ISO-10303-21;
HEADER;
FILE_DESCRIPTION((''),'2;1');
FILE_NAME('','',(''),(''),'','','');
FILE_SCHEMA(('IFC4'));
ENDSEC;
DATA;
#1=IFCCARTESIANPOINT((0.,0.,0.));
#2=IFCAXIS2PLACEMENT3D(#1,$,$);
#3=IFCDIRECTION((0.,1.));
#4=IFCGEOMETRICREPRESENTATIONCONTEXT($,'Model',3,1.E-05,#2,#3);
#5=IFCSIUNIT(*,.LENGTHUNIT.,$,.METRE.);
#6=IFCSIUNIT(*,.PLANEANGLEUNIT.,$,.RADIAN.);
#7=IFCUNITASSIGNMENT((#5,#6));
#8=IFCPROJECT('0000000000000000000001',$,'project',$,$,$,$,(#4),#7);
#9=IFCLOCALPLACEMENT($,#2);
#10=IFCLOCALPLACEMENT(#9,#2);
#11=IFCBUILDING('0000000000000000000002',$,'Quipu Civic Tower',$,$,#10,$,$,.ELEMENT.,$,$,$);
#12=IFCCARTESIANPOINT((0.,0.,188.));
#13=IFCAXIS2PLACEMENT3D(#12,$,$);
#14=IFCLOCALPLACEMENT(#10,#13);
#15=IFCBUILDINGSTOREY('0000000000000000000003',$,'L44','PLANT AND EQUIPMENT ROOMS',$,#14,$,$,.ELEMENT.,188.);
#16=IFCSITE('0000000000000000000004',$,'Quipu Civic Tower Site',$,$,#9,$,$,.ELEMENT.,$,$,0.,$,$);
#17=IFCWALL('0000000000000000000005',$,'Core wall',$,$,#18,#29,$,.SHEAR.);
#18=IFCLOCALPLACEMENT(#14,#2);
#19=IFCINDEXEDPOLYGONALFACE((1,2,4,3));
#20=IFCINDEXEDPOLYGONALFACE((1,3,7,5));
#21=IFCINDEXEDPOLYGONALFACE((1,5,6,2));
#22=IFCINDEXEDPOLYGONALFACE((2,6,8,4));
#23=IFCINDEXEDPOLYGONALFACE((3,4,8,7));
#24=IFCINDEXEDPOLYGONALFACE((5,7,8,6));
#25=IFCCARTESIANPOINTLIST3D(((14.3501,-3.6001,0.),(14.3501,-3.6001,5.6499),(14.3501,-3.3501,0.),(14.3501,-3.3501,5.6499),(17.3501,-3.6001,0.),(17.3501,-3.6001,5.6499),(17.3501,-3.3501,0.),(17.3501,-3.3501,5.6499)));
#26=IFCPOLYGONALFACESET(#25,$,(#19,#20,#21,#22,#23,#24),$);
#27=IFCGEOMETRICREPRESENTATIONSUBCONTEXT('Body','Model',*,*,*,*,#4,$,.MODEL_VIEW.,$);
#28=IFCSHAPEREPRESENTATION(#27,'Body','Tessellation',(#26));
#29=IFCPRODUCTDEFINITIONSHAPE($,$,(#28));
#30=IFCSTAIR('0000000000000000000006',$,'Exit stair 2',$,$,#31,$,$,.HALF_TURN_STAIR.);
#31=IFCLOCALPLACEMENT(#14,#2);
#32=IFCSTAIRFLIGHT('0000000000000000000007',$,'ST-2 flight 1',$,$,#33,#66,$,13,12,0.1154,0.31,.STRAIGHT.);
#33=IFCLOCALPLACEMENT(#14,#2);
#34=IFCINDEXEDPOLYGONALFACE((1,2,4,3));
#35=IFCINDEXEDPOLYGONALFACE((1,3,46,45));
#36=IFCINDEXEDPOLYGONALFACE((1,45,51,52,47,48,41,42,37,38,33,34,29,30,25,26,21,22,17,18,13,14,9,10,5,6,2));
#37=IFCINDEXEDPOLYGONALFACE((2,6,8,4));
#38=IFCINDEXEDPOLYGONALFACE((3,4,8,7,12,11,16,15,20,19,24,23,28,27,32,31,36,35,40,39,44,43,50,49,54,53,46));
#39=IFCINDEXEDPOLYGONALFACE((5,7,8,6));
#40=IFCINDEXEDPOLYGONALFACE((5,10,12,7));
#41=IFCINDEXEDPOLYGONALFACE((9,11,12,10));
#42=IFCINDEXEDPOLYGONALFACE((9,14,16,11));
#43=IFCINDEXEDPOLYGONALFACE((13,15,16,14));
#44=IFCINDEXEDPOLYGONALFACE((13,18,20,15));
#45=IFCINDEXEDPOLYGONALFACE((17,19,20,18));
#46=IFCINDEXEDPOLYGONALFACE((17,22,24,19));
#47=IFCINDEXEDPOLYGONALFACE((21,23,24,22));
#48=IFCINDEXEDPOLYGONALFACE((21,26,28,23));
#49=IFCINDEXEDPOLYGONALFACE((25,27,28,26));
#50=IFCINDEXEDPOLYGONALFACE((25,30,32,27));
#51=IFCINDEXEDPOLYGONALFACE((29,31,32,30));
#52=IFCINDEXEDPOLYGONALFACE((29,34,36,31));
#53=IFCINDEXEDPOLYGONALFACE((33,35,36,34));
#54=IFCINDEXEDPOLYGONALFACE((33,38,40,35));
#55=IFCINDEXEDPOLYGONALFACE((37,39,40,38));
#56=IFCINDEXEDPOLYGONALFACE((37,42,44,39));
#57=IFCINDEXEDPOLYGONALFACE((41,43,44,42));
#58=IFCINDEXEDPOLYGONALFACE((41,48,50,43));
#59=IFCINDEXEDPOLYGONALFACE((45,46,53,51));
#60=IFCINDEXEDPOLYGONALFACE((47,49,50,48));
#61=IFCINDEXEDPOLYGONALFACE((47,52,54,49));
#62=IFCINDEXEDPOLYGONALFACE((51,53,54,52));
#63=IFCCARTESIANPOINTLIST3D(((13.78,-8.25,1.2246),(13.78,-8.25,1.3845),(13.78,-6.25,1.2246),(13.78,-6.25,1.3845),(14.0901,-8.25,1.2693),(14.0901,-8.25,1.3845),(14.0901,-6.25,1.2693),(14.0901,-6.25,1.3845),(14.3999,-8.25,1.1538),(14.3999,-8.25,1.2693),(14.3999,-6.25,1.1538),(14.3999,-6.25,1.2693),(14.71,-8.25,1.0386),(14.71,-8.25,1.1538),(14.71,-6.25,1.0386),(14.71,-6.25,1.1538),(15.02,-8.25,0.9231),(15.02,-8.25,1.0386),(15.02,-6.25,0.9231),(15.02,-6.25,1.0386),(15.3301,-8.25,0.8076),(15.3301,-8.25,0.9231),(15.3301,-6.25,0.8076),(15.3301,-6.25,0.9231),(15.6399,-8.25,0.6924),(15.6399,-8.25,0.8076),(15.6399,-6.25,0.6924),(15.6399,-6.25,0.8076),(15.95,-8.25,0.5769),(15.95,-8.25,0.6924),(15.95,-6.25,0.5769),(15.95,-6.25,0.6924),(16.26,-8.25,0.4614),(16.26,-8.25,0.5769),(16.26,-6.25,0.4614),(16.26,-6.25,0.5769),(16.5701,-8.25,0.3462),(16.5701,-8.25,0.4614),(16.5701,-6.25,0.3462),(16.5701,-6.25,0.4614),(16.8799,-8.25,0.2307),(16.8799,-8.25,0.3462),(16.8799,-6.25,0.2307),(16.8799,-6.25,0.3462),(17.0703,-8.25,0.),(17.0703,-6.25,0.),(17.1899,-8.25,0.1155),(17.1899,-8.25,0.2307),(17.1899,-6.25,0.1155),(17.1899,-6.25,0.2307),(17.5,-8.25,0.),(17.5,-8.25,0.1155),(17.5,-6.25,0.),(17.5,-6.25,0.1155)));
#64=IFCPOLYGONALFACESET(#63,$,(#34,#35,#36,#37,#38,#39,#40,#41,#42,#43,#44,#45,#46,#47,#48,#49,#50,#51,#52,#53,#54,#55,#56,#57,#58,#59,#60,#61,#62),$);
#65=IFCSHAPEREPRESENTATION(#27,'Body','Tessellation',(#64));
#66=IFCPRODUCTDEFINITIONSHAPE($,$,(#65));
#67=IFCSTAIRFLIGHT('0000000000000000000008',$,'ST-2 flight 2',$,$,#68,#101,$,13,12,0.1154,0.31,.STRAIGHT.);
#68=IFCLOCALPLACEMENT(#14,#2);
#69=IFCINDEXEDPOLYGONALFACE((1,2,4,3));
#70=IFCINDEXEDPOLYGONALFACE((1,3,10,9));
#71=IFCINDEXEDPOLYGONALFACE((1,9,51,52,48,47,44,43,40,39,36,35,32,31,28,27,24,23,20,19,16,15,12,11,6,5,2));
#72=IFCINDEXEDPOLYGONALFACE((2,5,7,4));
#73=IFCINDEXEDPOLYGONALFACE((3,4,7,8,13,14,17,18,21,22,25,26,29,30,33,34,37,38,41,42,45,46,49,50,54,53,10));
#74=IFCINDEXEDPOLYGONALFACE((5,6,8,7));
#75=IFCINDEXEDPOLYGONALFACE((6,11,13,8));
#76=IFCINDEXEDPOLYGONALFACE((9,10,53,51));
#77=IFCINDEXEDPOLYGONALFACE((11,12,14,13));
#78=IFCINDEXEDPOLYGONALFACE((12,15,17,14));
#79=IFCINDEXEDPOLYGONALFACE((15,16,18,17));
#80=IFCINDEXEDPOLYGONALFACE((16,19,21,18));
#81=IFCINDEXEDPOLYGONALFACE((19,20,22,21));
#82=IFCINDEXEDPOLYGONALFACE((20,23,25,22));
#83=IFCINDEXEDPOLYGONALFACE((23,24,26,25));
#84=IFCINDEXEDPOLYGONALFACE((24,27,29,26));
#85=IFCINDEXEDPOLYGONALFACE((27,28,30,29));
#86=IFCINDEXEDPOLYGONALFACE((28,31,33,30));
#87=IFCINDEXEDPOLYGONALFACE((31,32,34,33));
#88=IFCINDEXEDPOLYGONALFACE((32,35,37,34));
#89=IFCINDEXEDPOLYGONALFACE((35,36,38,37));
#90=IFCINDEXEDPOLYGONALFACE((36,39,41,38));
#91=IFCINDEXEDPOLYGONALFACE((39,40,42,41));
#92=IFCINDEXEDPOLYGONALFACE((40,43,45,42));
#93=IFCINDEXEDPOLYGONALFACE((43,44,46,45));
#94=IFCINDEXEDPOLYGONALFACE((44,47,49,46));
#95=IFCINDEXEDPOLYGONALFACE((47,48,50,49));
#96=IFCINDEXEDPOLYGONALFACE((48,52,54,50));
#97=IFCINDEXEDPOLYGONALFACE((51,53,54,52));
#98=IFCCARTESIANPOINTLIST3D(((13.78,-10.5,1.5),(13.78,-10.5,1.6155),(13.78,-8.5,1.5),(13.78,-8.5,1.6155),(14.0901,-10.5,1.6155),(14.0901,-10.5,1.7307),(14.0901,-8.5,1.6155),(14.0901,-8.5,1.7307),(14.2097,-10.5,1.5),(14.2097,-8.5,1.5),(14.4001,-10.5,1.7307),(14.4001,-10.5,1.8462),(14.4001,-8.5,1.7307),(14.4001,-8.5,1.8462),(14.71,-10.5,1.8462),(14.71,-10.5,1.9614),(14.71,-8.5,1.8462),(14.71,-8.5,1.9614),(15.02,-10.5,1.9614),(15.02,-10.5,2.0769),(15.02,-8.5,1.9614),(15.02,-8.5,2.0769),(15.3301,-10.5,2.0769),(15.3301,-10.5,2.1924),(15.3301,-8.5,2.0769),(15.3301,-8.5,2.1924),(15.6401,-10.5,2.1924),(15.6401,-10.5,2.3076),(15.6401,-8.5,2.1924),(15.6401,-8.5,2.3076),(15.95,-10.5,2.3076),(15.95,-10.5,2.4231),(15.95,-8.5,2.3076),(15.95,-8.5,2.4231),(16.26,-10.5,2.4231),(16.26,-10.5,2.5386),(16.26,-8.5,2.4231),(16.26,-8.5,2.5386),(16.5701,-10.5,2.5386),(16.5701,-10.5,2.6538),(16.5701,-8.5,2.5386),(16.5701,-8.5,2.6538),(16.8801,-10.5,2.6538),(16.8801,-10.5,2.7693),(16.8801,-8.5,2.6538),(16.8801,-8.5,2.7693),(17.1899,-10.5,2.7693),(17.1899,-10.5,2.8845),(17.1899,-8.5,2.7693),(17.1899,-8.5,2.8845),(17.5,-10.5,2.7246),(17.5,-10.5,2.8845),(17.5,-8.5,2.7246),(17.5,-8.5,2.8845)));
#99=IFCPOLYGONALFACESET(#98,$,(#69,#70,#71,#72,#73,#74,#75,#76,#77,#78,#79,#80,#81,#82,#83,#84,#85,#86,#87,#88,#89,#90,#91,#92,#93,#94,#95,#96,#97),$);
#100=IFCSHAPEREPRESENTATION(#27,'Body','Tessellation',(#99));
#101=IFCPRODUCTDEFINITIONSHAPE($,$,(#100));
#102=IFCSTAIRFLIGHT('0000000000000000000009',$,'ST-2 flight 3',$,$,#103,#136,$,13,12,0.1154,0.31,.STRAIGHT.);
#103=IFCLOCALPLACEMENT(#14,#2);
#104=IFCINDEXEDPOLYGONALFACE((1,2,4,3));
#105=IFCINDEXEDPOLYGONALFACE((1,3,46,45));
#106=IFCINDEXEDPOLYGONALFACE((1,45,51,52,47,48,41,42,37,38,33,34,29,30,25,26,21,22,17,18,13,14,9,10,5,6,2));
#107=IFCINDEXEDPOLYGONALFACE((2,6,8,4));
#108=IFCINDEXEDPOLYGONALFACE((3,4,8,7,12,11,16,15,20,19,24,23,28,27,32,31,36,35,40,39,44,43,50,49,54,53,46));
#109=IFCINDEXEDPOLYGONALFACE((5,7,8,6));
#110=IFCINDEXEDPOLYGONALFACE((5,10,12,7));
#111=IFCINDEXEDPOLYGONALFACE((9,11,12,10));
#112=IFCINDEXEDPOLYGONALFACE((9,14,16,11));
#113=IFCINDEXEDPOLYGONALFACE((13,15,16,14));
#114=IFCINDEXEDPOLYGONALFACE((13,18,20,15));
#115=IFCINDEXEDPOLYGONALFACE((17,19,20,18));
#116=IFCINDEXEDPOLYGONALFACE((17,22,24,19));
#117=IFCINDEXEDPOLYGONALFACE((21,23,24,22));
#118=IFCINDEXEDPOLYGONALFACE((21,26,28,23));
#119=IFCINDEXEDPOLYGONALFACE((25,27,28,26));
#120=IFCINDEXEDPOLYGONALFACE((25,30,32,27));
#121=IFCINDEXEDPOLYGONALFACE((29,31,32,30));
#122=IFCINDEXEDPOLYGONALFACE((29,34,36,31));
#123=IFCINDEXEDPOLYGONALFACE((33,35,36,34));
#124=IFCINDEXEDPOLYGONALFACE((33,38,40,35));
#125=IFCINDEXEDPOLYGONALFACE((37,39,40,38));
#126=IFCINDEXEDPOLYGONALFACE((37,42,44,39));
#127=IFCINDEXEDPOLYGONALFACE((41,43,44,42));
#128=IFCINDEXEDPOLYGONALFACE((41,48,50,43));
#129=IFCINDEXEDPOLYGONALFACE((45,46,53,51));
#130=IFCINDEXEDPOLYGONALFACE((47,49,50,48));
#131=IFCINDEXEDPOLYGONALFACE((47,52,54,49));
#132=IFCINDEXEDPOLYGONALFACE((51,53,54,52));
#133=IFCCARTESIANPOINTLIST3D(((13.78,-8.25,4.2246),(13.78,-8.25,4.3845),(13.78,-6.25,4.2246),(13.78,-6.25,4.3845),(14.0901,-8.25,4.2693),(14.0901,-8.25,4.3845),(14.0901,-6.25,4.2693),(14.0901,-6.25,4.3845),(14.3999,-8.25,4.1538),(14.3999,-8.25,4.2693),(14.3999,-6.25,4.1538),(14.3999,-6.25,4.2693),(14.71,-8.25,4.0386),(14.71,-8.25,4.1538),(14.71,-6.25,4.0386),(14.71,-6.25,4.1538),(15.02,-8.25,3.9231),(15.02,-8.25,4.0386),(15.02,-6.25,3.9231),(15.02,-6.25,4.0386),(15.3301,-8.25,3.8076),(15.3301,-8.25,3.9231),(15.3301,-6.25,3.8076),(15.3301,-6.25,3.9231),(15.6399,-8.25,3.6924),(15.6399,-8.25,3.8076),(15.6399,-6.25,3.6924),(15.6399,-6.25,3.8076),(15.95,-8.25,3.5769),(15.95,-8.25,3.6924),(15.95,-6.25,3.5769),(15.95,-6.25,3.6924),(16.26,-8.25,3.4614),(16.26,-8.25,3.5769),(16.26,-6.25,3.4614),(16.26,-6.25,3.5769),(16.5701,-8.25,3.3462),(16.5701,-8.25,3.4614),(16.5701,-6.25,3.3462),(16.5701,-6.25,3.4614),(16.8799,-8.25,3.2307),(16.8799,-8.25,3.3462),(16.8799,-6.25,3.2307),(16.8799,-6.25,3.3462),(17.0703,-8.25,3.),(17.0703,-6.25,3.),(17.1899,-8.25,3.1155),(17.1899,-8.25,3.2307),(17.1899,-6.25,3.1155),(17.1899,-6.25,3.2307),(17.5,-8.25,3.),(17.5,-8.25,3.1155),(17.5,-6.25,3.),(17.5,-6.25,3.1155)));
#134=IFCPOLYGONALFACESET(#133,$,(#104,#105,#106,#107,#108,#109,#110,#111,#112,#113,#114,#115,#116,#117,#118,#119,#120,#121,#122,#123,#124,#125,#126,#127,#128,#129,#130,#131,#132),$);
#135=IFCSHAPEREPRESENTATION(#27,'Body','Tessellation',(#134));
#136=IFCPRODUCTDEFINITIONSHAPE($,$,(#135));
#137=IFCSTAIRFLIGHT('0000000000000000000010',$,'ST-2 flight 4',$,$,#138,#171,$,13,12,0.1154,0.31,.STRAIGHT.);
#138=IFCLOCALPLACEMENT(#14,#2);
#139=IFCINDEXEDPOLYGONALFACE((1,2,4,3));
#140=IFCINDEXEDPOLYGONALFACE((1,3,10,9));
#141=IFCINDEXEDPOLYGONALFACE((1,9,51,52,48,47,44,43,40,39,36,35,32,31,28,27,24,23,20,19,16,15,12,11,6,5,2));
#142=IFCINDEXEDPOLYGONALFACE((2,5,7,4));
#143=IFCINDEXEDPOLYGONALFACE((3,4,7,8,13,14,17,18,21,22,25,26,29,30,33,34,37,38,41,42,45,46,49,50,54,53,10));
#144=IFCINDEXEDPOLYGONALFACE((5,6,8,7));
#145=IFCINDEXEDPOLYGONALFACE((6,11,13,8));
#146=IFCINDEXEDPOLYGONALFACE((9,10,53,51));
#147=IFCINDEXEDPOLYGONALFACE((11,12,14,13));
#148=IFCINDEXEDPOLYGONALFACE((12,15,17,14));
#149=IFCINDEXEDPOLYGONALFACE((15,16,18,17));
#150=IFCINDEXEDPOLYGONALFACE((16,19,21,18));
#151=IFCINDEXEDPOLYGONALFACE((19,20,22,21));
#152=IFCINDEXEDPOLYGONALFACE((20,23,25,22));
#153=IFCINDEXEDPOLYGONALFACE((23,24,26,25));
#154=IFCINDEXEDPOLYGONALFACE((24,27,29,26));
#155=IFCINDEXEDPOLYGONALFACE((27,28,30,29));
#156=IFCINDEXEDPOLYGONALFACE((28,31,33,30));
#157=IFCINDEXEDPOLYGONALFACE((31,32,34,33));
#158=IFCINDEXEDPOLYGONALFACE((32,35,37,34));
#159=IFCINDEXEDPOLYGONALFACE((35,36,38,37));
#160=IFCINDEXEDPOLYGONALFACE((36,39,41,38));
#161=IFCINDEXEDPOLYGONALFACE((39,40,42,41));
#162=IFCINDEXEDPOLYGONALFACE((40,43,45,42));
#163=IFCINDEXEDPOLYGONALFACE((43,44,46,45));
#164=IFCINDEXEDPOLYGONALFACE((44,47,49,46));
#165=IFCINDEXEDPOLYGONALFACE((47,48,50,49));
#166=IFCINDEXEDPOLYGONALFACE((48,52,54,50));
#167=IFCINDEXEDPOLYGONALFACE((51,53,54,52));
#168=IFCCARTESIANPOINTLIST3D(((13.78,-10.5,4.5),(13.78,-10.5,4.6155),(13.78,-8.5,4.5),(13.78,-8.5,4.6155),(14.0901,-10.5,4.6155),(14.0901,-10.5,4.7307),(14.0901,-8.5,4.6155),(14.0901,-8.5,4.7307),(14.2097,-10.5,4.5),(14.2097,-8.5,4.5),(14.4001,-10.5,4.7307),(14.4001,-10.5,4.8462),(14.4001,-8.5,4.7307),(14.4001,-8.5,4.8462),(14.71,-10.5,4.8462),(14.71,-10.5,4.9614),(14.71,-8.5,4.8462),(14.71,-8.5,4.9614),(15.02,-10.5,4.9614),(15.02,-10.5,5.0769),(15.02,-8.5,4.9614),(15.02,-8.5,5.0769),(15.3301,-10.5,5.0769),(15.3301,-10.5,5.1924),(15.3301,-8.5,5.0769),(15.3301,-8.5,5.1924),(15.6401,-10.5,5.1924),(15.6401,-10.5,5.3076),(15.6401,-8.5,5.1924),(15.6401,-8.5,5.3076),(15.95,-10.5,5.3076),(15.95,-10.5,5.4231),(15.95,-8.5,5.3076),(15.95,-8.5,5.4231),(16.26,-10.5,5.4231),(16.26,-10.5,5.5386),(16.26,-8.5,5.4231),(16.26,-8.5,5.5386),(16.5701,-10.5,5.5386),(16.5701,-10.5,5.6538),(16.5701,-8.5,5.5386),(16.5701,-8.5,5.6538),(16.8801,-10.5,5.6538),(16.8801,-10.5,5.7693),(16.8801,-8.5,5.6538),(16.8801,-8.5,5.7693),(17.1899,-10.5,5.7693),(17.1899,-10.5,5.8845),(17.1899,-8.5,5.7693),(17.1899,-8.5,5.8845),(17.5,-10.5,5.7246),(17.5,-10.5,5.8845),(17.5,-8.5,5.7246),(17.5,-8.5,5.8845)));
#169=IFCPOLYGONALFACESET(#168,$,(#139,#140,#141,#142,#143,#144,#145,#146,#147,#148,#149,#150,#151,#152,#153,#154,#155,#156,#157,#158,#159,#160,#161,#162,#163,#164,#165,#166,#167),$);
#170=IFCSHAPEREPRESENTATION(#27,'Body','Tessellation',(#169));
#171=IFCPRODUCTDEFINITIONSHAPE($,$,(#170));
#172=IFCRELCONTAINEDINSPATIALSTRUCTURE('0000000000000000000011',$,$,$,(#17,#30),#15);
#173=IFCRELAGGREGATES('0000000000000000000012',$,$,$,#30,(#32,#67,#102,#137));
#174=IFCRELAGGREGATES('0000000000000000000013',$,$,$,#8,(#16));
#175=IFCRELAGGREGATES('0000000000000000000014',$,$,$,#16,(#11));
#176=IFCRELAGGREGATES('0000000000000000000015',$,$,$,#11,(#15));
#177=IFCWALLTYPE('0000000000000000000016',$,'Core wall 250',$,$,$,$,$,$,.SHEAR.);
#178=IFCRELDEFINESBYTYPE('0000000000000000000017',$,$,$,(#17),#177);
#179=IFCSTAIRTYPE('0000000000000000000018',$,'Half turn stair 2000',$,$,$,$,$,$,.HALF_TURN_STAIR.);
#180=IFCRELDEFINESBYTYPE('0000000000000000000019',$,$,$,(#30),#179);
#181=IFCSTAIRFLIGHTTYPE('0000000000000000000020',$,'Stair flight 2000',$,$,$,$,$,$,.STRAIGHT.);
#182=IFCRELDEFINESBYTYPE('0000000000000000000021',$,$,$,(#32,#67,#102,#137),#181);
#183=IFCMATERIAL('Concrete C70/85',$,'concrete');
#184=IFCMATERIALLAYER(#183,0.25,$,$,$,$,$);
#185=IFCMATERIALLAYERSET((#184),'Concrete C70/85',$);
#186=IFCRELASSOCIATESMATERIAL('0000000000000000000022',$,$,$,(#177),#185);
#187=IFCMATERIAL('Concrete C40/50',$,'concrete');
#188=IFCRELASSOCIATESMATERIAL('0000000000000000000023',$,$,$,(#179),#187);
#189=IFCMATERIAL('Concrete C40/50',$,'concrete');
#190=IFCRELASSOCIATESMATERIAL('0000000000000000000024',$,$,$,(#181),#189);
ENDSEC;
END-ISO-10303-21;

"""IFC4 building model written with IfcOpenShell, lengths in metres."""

from ifc_helpers import new_model, si_unit, direction, frame, frame_2d, origin, place, context, subcontext, project, spatial, polyline, rectangle, outline, extrude, material, layer, layer_set, type_object, element, aggregate, save


model = new_model("IFC4")

# Units and contexts
model_context = context("Model", 3, precision=1e-05, world=origin(), true_north=direction((0.0, 1.0)))
body_context = subcontext(model_context, "Body", "Model", "MODEL_VIEW")
ifc_project = project(units=[si_unit("LENGTHUNIT", "METRE"), si_unit("PLANEANGLEUNIT", "RADIAN")], contexts=[model_context])

# Site, building, storey
site_placement = place(None, origin())
site = spatial("IfcSite", under=ifc_project, at=site_placement, Name="Quipu Civic Tower Site", CompositionType="ELEMENT", RefElevation=0.0)
building_placement = place(site_placement, origin())
building = spatial("IfcBuilding", under=site, at=building_placement, Name="Quipu Civic Tower", CompositionType="ELEMENT")
storey_placement = place(building_placement, frame((0.0, 0.0, 188.0)))
storey = spatial("IfcBuildingStorey", under=building, at=storey_placement, Name="L44", Description="PLANT AND EQUIPMENT ROOMS", CompositionType="ELEMENT", Elevation=188.0)

# Shared definitions
ifc_material_1 = material(Name="Concrete C70/85", Category="concrete")
ifc_layer = layer(ifc_material_1, 0.25)
ifc_layer_set = layer_set([ifc_layer], Name="Concrete C70/85")
wall_type = type_object("IfcWallType", Name="Core wall 250", PredefinedType="SHEAR", material=ifc_layer_set)

# Wall
wall_1_placement = place(storey_placement, frame((14.3501, -3.4751, 0.0), z_axis=(0.0, 0.0, 1.0), x_axis=(1.0, 0.0, 0.0)))
element("IfcWall", 1, at=wall_1_placement, inside=storey, type_object=wall_type, Name="Core wall", PredefinedType="SHEAR", context=body_context, shape_type="SweptSolid", body=[
    extrude(rectangle(XDim=3.0, YDim=0.25, at=frame_2d((1.5, 0.0))), origin(), (0.0, 0.0, 1.0), 5.6499),
])

# Stair, stair flights
ifc_material_2 = material(Name="Concrete C40/50", Category="concrete")
stair_type = type_object("IfcStairType", Name="Half turn stair 2000", PredefinedType="HALF_TURN_STAIR", material=ifc_material_2)
stair_placement = place(storey_placement, origin())
stair = element("IfcStair", 2, at=stair_placement, inside=storey, type_object=stair_type, Name="Exit stair 2", PredefinedType="HALF_TURN_STAIR")
ifc_material_3 = material(Name="Concrete C40/50", Category="concrete")
stair_flight_type = type_object("IfcStairFlightType", Name="Stair flight 2000", PredefinedType="STRAIGHT", material=ifc_material_3)
stair_flight_1_placement = place(storey_placement, frame((17.5, -7.25, 0.0), z_axis=(0.0, 0.0, 1.0), x_axis=(-1.0, 0.0, 0.0)))
stair_flight_1 = element("IfcStairFlight", 3, at=stair_flight_1_placement, type_object=stair_flight_type, Name="ST-2 flight 1", NumberOfRisers=13, NumberOfTreads=12, PredefinedType="STRAIGHT", RiserHeight=0.1154, TreadLength=0.31, context=body_context, shape_type="SweptSolid", body=[
    extrude(outline(polyline([(0.0, 0.0), (0.0, 0.1155), (0.3101, 0.1155), (0.3101, 0.2307), (0.6201, 0.2307), (0.6201, 0.3462), (0.9299, 0.3462), (0.9299, 0.4614), (1.24, 0.4614), (1.24, 0.5769), (1.55, 0.5769), (1.55, 0.6924), (1.8601, 0.6924), (1.8601, 0.8076), (2.1699, 0.8076), (2.1699, 0.9231), (2.48, 0.9231), (2.48, 1.0386), (2.79, 1.0386), (2.79, 1.1538), (3.1001, 1.1538), (3.1001, 1.2693), (3.4099, 1.2693), (3.4099, 1.3845), (3.72, 1.3845), (3.72, 1.5), (3.72, 1.2246), (0.4297, 0.0), (0.0, 0.0)])), frame((0.0, 1.0, 0.0), z_axis=(0.0, -1.0, 0.0), x_axis=(1.0, 0.0, 0.0)), (0.0, 0.0, 1.0), 2.0),
])
stair_flight_2_placement = place(storey_placement, frame((13.78, -9.5, 1.5), z_axis=(0.0, 0.0, 1.0), x_axis=(1.0, 0.0, 0.0)))
stair_flight_2 = element("IfcStairFlight", 4, at=stair_flight_2_placement, type_object=stair_flight_type, Name="ST-2 flight 2", NumberOfRisers=13, NumberOfTreads=12, PredefinedType="STRAIGHT", RiserHeight=0.1154, TreadLength=0.31, context=body_context, shape_type="SweptSolid", body=[
    extrude(outline(polyline([(0.0, 0.0), (0.0, 0.1155), (0.3101, 0.1155), (0.3101, 0.2307), (0.6201, 0.2307), (0.6201, 0.3462), (0.9299, 0.3462), (0.9299, 0.4614), (1.24, 0.4614), (1.24, 0.5769), (1.55, 0.5769), (1.55, 0.6924), (1.8601, 0.6924), (1.8601, 0.8076), (2.1699, 0.8076), (2.1699, 0.9231), (2.48, 0.9231), (2.48, 1.0386), (2.79, 1.0386), (2.79, 1.1538), (3.1001, 1.1538), (3.1001, 1.2693), (3.4099, 1.2693), (3.4099, 1.3845), (3.72, 1.3845), (3.72, 1.5), (3.72, 1.2246), (0.4297, 0.0), (0.0, 0.0)])), frame((0.0, 1.0, 0.0), z_axis=(0.0, -1.0, 0.0), x_axis=(1.0, 0.0, 0.0)), (0.0, 0.0, 1.0), 2.0),
])
stair_flight_3_placement = place(storey_placement, frame((17.5, -7.25, 3.0), z_axis=(0.0, 0.0, 1.0), x_axis=(-1.0, 0.0, 0.0)))
stair_flight_3 = element("IfcStairFlight", 5, at=stair_flight_3_placement, type_object=stair_flight_type, Name="ST-2 flight 3", NumberOfRisers=13, NumberOfTreads=12, PredefinedType="STRAIGHT", RiserHeight=0.1154, TreadLength=0.31, context=body_context, shape_type="SweptSolid", body=[
    extrude(outline(polyline([(0.0, 0.0), (0.0, 0.1155), (0.3101, 0.1155), (0.3101, 0.2307), (0.6201, 0.2307), (0.6201, 0.3462), (0.9299, 0.3462), (0.9299, 0.4614), (1.24, 0.4614), (1.24, 0.5769), (1.55, 0.5769), (1.55, 0.6924), (1.8601, 0.6924), (1.8601, 0.8076), (2.1699, 0.8076), (2.1699, 0.9231), (2.48, 0.9231), (2.48, 1.0386), (2.79, 1.0386), (2.79, 1.1538), (3.1001, 1.1538), (3.1001, 1.2693), (3.4099, 1.2693), (3.4099, 1.3845), (3.72, 1.3845), (3.72, 1.5), (3.72, 1.2246), (0.4297, 0.0), (0.0, 0.0)])), frame((0.0, 1.0, 0.0), z_axis=(0.0, -1.0, 0.0), x_axis=(1.0, 0.0, 0.0)), (0.0, 0.0, 1.0), 2.0),
])
stair_flight_4_placement = place(storey_placement, frame((13.78, -9.5, 4.5), z_axis=(0.0, 0.0, 1.0), x_axis=(1.0, 0.0, 0.0)))
stair_flight_4 = element("IfcStairFlight", 6, at=stair_flight_4_placement, type_object=stair_flight_type, Name="ST-2 flight 4", NumberOfRisers=13, NumberOfTreads=12, PredefinedType="STRAIGHT", RiserHeight=0.1154, TreadLength=0.31, context=body_context, shape_type="SweptSolid", body=[
    extrude(outline(polyline([(0.0, 0.0), (0.0, 0.1155), (0.3101, 0.1155), (0.3101, 0.2307), (0.6201, 0.2307), (0.6201, 0.3462), (0.9299, 0.3462), (0.9299, 0.4614), (1.24, 0.4614), (1.24, 0.5769), (1.55, 0.5769), (1.55, 0.6924), (1.8601, 0.6924), (1.8601, 0.8076), (2.1699, 0.8076), (2.1699, 0.9231), (2.48, 0.9231), (2.48, 1.0386), (2.79, 1.0386), (2.79, 1.1538), (3.1001, 1.1538), (3.1001, 1.2693), (3.4099, 1.2693), (3.4099, 1.3845), (3.72, 1.3845), (3.72, 1.5), (3.72, 1.2246), (0.4297, 0.0), (0.0, 0.0)])), frame((0.0, 1.0, 0.0), z_axis=(0.0, -1.0, 0.0), x_axis=(1.0, 0.0, 0.0)), (0.0, 0.0, 1.0), 2.0),
])
aggregate(stair, [stair_flight_1, stair_flight_2, stair_flight_3, stair_flight_4])

save(model, "model.ifc")
